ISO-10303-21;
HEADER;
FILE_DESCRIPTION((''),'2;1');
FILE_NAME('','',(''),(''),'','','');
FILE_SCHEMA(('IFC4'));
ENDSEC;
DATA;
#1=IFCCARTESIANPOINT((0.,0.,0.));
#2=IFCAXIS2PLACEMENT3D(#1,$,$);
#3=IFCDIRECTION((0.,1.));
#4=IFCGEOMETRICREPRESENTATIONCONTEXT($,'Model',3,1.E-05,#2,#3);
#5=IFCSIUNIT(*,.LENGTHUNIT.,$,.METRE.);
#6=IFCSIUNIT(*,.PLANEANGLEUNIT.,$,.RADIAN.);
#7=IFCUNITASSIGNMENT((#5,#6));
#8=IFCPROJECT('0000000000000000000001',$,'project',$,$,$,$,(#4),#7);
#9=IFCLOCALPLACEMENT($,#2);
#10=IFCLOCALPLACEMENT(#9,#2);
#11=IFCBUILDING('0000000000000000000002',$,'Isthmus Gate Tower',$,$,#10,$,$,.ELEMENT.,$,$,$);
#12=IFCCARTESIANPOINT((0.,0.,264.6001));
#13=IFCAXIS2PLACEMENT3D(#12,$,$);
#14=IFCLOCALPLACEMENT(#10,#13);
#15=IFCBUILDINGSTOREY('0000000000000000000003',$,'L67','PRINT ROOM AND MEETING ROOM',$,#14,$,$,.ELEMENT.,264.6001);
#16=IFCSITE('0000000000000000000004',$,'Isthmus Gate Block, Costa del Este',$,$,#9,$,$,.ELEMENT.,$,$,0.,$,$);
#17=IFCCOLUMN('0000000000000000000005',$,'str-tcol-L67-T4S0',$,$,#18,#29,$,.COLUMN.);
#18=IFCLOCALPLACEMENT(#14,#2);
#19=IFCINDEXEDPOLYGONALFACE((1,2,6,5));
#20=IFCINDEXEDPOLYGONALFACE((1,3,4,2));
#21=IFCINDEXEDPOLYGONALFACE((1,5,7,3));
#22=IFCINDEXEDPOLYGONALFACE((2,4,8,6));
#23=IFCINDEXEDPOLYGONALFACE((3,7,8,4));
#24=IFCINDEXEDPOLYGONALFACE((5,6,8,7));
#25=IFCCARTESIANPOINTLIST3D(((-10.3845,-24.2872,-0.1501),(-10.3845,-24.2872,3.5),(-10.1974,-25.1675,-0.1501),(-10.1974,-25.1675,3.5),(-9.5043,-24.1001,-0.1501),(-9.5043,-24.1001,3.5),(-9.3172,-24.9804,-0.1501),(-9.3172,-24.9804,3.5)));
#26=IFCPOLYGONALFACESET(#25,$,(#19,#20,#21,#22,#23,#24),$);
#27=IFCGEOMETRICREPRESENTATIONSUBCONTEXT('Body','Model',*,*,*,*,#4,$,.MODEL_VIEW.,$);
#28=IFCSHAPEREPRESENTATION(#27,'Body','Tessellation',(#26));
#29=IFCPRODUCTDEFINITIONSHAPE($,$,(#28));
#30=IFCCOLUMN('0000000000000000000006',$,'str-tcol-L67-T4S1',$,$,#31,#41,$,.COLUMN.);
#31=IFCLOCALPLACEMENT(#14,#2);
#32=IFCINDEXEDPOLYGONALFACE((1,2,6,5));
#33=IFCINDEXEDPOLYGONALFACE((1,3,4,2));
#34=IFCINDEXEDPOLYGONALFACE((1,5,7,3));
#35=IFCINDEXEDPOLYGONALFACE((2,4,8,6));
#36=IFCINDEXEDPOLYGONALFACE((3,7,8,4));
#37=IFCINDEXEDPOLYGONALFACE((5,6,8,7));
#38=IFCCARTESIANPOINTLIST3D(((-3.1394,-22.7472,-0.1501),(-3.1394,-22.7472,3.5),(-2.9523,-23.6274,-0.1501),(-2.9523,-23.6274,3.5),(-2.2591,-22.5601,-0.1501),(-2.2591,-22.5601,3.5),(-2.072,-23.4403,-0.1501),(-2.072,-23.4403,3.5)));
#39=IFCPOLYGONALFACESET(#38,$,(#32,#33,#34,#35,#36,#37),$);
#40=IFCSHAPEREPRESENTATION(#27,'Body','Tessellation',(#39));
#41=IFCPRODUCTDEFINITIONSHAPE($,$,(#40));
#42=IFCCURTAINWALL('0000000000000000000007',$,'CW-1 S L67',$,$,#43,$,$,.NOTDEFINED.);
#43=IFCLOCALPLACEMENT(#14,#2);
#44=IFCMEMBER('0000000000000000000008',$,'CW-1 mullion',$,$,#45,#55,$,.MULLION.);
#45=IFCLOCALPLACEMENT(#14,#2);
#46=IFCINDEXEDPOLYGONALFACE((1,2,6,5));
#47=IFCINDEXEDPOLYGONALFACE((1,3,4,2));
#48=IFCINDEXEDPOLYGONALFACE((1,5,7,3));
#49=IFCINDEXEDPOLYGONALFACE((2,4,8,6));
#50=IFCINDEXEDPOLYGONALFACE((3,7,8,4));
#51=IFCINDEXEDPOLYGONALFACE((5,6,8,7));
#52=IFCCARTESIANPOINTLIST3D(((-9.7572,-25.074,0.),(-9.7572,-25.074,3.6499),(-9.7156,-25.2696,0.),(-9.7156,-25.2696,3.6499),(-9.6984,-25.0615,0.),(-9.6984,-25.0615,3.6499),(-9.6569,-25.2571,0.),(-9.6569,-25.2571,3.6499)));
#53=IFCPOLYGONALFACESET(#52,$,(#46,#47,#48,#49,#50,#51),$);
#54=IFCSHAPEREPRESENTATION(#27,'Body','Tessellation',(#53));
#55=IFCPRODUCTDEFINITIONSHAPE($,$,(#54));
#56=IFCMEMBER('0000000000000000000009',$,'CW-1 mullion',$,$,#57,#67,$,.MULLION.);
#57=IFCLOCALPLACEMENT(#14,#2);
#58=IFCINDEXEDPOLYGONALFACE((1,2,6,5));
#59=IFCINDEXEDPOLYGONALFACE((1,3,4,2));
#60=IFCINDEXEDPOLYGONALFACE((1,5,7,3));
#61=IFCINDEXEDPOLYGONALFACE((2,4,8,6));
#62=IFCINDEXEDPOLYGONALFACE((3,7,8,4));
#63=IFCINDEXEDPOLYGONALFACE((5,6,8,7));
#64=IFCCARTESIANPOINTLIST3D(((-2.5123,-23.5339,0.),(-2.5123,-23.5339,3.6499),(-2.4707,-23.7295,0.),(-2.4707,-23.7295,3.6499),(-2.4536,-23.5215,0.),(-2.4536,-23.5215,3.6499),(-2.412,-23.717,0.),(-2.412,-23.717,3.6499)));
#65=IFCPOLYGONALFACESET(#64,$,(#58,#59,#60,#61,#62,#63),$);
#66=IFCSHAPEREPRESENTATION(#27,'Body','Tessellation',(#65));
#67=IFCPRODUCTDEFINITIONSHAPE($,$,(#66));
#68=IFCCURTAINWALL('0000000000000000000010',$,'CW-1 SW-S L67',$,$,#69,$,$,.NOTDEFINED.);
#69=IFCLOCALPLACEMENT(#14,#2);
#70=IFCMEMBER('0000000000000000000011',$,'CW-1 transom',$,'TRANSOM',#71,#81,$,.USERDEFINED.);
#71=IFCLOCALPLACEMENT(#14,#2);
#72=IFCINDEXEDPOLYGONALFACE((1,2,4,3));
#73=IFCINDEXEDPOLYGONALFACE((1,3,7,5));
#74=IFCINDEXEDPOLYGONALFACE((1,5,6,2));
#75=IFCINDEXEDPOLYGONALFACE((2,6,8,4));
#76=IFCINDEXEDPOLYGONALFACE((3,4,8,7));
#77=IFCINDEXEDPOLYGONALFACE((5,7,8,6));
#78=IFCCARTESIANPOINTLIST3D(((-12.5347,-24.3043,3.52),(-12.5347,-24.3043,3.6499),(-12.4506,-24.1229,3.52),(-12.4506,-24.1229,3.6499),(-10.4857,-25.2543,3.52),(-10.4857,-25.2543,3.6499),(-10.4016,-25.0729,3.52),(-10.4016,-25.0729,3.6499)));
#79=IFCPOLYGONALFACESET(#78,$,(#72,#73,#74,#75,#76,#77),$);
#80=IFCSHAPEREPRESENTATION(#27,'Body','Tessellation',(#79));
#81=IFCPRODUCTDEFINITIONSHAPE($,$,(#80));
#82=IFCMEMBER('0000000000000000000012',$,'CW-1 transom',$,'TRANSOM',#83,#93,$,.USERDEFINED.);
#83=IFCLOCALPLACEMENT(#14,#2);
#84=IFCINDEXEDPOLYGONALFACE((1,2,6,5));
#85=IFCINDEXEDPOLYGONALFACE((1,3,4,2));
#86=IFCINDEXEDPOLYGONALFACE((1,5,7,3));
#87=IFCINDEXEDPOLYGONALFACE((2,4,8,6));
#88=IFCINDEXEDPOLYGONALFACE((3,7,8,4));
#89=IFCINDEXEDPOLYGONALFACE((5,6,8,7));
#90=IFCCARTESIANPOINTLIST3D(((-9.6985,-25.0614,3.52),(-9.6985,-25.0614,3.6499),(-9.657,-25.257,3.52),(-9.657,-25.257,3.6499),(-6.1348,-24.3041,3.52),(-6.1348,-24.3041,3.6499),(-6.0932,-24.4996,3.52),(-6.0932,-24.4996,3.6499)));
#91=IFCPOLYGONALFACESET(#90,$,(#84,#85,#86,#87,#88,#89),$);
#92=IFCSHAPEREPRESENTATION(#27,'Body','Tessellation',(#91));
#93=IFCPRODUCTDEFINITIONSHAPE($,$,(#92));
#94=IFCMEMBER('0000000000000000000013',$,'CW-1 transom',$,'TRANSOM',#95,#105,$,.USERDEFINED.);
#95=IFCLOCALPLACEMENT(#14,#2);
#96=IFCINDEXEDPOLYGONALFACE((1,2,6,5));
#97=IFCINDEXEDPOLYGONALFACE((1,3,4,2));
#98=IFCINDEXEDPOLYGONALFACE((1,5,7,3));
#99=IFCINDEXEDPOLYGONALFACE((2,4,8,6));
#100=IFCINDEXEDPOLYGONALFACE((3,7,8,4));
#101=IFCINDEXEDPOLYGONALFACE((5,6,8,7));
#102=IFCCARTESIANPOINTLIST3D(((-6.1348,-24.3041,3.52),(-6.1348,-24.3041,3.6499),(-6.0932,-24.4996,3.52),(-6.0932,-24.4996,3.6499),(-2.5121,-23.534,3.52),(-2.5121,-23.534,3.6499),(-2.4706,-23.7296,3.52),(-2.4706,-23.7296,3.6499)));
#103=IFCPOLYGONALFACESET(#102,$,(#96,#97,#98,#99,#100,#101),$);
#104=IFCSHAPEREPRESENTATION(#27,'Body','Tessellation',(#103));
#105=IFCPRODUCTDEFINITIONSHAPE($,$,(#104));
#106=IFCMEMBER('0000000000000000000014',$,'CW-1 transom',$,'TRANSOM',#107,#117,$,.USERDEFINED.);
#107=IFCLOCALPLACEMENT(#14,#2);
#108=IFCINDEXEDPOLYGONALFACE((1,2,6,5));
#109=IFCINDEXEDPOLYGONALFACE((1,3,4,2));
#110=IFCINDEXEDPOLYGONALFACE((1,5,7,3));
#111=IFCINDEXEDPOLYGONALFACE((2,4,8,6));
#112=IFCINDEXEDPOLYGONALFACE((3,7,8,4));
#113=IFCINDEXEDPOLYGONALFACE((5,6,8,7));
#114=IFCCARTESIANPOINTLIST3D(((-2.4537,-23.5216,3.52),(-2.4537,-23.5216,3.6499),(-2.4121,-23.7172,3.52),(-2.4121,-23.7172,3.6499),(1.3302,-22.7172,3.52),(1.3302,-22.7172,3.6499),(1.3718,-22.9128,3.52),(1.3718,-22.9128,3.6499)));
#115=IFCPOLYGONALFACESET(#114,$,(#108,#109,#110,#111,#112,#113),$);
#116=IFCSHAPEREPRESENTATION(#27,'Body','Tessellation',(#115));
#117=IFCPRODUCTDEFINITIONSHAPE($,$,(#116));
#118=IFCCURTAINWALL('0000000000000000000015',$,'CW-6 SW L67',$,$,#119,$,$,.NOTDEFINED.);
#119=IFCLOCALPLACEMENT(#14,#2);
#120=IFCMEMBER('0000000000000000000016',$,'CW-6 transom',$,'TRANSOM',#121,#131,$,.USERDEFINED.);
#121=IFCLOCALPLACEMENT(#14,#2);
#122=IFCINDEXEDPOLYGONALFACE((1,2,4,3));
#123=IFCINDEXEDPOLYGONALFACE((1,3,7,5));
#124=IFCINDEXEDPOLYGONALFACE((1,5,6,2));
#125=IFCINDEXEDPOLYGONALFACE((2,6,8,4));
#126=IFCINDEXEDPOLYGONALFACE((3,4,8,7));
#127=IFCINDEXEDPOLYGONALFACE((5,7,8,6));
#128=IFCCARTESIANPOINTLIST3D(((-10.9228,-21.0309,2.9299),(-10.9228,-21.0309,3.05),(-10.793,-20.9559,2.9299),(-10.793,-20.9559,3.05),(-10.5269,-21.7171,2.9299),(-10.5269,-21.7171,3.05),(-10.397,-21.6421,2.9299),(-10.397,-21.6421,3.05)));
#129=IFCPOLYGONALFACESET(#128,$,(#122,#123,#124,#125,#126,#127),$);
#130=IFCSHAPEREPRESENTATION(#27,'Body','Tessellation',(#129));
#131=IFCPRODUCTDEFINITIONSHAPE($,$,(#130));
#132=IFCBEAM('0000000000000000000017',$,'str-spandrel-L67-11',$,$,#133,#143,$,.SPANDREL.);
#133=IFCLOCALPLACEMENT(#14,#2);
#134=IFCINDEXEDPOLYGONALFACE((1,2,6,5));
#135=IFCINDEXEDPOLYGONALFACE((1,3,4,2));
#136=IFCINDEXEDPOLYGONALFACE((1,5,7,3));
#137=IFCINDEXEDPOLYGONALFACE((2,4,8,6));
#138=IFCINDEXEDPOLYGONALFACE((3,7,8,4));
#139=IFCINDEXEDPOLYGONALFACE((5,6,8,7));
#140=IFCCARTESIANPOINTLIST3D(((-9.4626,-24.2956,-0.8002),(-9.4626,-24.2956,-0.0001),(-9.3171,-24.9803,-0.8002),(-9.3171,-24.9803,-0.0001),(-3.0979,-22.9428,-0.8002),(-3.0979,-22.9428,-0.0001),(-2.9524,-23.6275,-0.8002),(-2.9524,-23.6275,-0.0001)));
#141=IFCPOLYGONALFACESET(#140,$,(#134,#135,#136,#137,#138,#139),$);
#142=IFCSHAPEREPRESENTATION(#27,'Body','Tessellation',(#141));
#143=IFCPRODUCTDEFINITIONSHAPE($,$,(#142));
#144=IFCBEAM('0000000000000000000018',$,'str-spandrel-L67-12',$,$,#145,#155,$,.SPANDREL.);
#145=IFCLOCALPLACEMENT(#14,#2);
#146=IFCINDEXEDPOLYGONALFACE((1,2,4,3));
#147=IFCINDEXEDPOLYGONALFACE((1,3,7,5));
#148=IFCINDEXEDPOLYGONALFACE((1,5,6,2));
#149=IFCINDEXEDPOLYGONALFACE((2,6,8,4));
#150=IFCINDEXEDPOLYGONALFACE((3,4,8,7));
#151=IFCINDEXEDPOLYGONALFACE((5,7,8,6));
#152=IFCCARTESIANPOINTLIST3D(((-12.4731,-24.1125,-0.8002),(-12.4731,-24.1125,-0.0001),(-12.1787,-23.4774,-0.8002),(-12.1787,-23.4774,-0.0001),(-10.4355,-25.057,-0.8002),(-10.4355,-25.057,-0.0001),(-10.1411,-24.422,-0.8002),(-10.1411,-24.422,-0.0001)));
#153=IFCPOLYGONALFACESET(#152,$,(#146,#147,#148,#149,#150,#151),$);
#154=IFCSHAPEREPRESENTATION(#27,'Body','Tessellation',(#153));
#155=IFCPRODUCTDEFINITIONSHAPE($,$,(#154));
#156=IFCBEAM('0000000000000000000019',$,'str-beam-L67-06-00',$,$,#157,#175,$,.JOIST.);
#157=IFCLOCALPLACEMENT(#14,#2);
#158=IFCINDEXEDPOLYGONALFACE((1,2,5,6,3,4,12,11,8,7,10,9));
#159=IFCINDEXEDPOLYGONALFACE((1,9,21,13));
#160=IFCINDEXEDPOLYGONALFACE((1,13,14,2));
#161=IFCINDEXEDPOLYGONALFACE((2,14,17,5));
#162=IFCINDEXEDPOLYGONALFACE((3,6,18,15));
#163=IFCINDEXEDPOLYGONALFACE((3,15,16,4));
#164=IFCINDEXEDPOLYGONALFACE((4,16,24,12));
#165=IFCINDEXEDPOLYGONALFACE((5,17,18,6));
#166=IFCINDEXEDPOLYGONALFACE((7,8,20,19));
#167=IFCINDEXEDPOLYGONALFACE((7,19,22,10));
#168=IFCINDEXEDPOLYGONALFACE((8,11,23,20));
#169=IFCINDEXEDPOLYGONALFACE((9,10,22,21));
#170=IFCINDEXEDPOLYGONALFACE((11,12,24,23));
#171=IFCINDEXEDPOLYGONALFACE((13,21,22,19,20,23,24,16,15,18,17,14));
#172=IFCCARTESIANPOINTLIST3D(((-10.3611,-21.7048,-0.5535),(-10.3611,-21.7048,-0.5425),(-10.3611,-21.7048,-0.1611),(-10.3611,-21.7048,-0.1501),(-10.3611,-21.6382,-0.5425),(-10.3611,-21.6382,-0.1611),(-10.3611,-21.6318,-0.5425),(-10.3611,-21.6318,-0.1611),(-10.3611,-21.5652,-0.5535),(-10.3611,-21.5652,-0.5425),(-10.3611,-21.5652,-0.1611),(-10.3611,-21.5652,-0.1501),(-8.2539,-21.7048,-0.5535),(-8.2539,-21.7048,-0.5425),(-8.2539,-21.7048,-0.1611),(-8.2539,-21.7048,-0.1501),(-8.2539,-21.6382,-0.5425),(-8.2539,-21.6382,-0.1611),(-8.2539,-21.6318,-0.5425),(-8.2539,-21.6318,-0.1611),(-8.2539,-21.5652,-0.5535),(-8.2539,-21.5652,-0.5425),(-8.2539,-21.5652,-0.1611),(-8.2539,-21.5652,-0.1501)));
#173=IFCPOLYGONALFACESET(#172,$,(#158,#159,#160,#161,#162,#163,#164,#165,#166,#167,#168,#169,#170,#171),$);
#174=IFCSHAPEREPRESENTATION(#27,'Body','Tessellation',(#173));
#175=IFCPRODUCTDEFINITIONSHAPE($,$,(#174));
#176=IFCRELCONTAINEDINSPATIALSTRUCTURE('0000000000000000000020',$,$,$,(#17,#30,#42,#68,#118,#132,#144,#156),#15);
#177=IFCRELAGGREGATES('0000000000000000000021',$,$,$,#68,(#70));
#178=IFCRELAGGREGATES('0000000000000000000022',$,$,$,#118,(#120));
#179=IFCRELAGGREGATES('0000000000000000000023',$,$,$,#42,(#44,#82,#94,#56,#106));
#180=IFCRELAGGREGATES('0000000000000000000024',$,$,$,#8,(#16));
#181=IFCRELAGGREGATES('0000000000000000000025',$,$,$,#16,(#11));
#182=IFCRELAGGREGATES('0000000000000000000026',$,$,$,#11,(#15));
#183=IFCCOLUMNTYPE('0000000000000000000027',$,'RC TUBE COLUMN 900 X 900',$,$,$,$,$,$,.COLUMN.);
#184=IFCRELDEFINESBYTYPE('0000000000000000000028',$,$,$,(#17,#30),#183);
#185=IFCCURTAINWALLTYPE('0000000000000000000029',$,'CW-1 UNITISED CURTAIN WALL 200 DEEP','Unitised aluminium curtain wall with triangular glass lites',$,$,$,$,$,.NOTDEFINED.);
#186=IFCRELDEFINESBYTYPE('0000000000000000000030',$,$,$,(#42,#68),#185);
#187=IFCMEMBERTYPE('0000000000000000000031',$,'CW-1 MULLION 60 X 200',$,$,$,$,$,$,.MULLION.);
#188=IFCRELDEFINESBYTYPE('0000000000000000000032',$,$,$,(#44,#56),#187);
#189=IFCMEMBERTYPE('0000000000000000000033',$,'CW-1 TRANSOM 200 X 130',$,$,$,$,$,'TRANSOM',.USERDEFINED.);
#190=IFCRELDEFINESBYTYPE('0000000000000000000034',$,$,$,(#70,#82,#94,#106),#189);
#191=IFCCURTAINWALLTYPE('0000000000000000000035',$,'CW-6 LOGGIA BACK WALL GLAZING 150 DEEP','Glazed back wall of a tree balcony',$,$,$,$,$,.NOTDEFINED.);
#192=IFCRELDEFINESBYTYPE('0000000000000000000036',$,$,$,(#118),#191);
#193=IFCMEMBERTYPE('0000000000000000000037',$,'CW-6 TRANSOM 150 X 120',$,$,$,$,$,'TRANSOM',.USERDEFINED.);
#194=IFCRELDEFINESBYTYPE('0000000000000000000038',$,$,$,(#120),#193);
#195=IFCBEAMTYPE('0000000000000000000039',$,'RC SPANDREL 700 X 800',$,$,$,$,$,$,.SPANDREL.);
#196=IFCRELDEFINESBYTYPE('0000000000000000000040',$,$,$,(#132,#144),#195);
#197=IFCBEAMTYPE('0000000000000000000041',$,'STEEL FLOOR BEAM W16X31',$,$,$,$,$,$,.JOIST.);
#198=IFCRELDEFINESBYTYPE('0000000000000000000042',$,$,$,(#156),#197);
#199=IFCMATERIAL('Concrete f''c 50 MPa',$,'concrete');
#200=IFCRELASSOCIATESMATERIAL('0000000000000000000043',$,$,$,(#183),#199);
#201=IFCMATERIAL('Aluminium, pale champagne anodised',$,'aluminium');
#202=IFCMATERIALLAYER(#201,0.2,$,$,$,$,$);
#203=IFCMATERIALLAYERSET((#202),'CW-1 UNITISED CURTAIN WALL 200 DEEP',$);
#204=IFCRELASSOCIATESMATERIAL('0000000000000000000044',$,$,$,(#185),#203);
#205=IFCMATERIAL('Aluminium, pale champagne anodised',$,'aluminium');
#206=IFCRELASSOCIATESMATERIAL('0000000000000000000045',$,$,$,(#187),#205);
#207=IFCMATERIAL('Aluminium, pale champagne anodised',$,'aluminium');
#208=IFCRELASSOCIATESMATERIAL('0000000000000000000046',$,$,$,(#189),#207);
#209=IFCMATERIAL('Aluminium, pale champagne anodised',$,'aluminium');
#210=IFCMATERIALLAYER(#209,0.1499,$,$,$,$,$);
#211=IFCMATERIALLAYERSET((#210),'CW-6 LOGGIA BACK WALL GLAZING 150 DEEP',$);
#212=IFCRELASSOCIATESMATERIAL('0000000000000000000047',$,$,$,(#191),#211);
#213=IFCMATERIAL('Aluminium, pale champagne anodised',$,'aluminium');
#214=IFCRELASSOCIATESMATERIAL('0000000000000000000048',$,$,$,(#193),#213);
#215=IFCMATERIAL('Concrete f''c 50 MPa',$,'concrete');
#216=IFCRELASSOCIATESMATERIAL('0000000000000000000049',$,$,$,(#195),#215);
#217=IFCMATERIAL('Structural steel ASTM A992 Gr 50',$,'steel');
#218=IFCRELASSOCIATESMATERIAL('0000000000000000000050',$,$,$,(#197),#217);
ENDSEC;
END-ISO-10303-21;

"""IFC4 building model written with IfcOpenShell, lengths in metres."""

from ifc_helpers import new_model, si_unit, direction, frame, origin, origin_2d, place, context, subcontext, project, spatial, rectangle, i_section, extrude, material, layer, layer_set, material_profile, profile_set, type_object, element, aggregate, save


model = new_model("IFC4")

# Units and contexts
model_context = context("Model", 3, precision=1e-05, world=origin(), true_north=direction((0.0, 1.0)))
body_context = subcontext(model_context, "Body", "Model", "MODEL_VIEW")
ifc_project = project(units=[si_unit("LENGTHUNIT", "METRE"), si_unit("PLANEANGLEUNIT", "RADIAN")], contexts=[model_context])

# Site, building, storey
site_placement = place(None, origin())
site = spatial("IfcSite", under=ifc_project, at=site_placement, Name="Isthmus Gate Block, Costa del Este", CompositionType="ELEMENT", RefElevation=0.0)
building_placement = place(site_placement, origin())
building = spatial("IfcBuilding", under=site, at=building_placement, Name="Isthmus Gate Tower", CompositionType="ELEMENT")
storey_placement = place(building_placement, frame((0.0, 0.0, 264.6001)))
storey = spatial("IfcBuildingStorey", under=building, at=storey_placement, Name="L67", Description="PRINT ROOM AND MEETING ROOM", CompositionType="ELEMENT", Elevation=264.6001)

# Columns
ifc_material_1 = material(Name="Concrete f'c 50 MPa", Category="concrete")
ifc_material_profile_1 = material_profile(ifc_material_1, rectangle(XDim=0.8999, YDim=0.8999, at=origin_2d()), Name="RC 900X900")
ifc_profile_set_1 = profile_set([ifc_material_profile_1], Name="Concrete f'c 50 MPa")
column_type = type_object("IfcColumnType", Name="RC TUBE COLUMN 900 X 900", PredefinedType="COLUMN", material=ifc_profile_set_1)
for number, where, z_axis, x_axis, name in (
    (1, (-9.8508, -24.6338, -0.1501), (0.0, 0.0, 1.0), (0.978148, 0.207912, 0.0), "str-tcol-L67-T4S0"),
    (2, (-2.6057, -23.0938, -0.1501), (0.0, 0.0, 1.0), (0.978148, 0.207912, 0.0), "str-tcol-L67-T4S1"),
):
    element("IfcColumn", number, at=place(storey_placement, frame(where, z_axis=z_axis, x_axis=x_axis)), inside=storey, type_object=column_type, Name=name, PredefinedType="COLUMN", context=body_context, shape_type="SweptSolid", body=[
        extrude(rectangle(XDim=0.8999, YDim=0.8999, at=origin_2d()), origin(), (0.0, 0.0, 1.0), 3.6501),
    ])

# Curtain wall, members
ifc_material_2 = material(Name="Aluminium, pale champagne anodised", Category="aluminium")
ifc_layer_1 = layer(ifc_material_2, 0.2)
ifc_layer_set_1 = layer_set([ifc_layer_1], Name="CW-1 UNITISED CURTAIN WALL 200 DEEP")
curtain_wall_type_1 = type_object("IfcCurtainWallType", Name="CW-1 UNITISED CURTAIN WALL 200 DEEP", Description="Unitised aluminium curtain wall with triangular glass lites", PredefinedType="NOTDEFINED", material=ifc_layer_set_1)
curtain_wall_1_placement = place(storey_placement, origin())
curtain_wall_1 = element("IfcCurtainWall", 3, at=curtain_wall_1_placement, inside=storey, type_object=curtain_wall_type_1, Name="CW-1 S L67", PredefinedType="NOTDEFINED")
ifc_material_3 = material(Name="Aluminium, pale champagne anodised", Category="aluminium")
ifc_material_profile_2 = material_profile(ifc_material_3, rectangle(XDim=0.0601, YDim=0.2, at=origin_2d()), Name="60x200")
ifc_profile_set_2 = profile_set([ifc_material_profile_2], Name="Aluminium, pale champagne anodised")
member_type_1 = type_object("IfcMemberType", Name="CW-1 MULLION 60 X 200", PredefinedType="MULLION", material=ifc_profile_set_2)
member_1_placement = place(storey_placement, frame((-9.707, -25.1655, 0.0), z_axis=(0.0, 0.0, 1.0), x_axis=(0.978148, 0.207912, 0.0)))
member_1 = element("IfcMember", 4, at=member_1_placement, type_object=member_type_1, Name="CW-1 mullion", PredefinedType="MULLION", context=body_context, shape_type="SweptSolid", body=[
    extrude(rectangle(XDim=0.0601, YDim=0.2, at=origin_2d()), origin(), (0.0, 0.0, 1.0), 3.6499),
])
member_2_placement = place(storey_placement, frame((-2.4622, -23.6255, 0.0), z_axis=(0.0, 0.0, 1.0), x_axis=(0.978148, 0.207912, 0.0)))
member_2 = element("IfcMember", 5, at=member_2_placement, type_object=member_type_1, Name="CW-1 mullion", PredefinedType="MULLION", context=body_context, shape_type="SweptSolid", body=[
    extrude(rectangle(XDim=0.0601, YDim=0.2, at=origin_2d()), origin(), (0.0, 0.0, 1.0), 3.6499),
])

# Curtain wall, member
curtain_wall_2_placement = place(storey_placement, origin())
curtain_wall_2 = element("IfcCurtainWall", 6, at=curtain_wall_2_placement, inside=storey, type_object=curtain_wall_type_1, Name="CW-1 SW-S L67", PredefinedType="NOTDEFINED")
ifc_material_4 = material(Name="Aluminium, pale champagne anodised", Category="aluminium")
ifc_material_profile_3 = material_profile(ifc_material_4, rectangle(XDim=0.2, YDim=0.1299, at=origin_2d()), Name="200x130")
ifc_profile_set_3 = profile_set([ifc_material_profile_3], Name="Aluminium, pale champagne anodised")
member_type_2 = type_object("IfcMemberType", Name="CW-1 TRANSOM 200 X 130", ElementType="TRANSOM", PredefinedType="USERDEFINED", material=ifc_profile_set_3)
member_3_placement = place(storey_placement, frame((-12.4927, -24.2136, 3.585), z_axis=(0.907246, -0.4206, 0.0), x_axis=(0.4206, 0.907246, 0.0)))
member_3 = element("IfcMember", 7, at=member_3_placement, type_object=member_type_2, Name="CW-1 transom", ObjectType="TRANSOM", PredefinedType="USERDEFINED", context=body_context, shape_type="SweptSolid", body=[
    extrude(rectangle(XDim=0.2, YDim=0.1299, at=origin_2d()), origin(), (0.0, 0.0, 1.0), 2.2585),
])

# Members
member_4_placement = place(storey_placement, frame((-9.6777, -25.1592, 3.585), z_axis=(0.978157, 0.207868, 0.0), x_axis=(-0.207868, 0.978157, 0.0)))
member_4 = element("IfcMember", 8, at=member_4_placement, type_object=member_type_2, Name="CW-1 transom", ObjectType="TRANSOM", PredefinedType="USERDEFINED", context=body_context, shape_type="SweptSolid", body=[
    extrude(rectangle(XDim=0.2, YDim=0.1299, at=origin_2d()), origin(), (0.0, 0.0, 1.0), 3.6433),
])
member_5_placement = place(storey_placement, frame((-6.114, -24.4019, 3.585), z_axis=(0.978146, 0.207917, 0.0), x_axis=(-0.207917, 0.978146, 0.0)))
member_5 = element("IfcMember", 9, at=member_5_placement, type_object=member_type_2, Name="CW-1 transom", ObjectType="TRANSOM", PredefinedType="USERDEFINED", context=body_context, shape_type="SweptSolid", body=[
    extrude(rectangle(XDim=0.2, YDim=0.1299, at=origin_2d()), origin(), (0.0, 0.0, 1.0), 3.7036),
])
member_6_placement = place(storey_placement, frame((-2.4329, -23.6194, 3.585), z_axis=(0.97814, 0.207947, 0.0), x_axis=(-0.207947, 0.97814, 0.0)))
member_6 = element("IfcMember", 10, at=member_6_placement, type_object=member_type_2, Name="CW-1 transom", ObjectType="TRANSOM", PredefinedType="USERDEFINED", context=body_context, shape_type="SweptSolid", body=[
    extrude(rectangle(XDim=0.2, YDim=0.1299, at=origin_2d()), origin(), (0.0, 0.0, 1.0), 3.8684),
])

# Curtain wall, member
ifc_material_5 = material(Name="Aluminium, pale champagne anodised", Category="aluminium")
ifc_layer_2 = layer(ifc_material_5, 0.1499)
ifc_layer_set_2 = layer_set([ifc_layer_2], Name="CW-6 LOGGIA BACK WALL GLAZING 150 DEEP")
curtain_wall_type_2 = type_object("IfcCurtainWallType", Name="CW-6 LOGGIA BACK WALL GLAZING 150 DEEP", Description="Glazed back wall of a tree balcony", PredefinedType="NOTDEFINED", material=ifc_layer_set_2)
curtain_wall_3_placement = place(storey_placement, origin())
curtain_wall_3 = element("IfcCurtainWall", 11, at=curtain_wall_3_placement, inside=storey, type_object=curtain_wall_type_2, Name="CW-6 SW L67", PredefinedType="NOTDEFINED")
ifc_material_6 = material(Name="Aluminium, pale champagne anodised", Category="aluminium")
ifc_material_profile_4 = material_profile(ifc_material_6, rectangle(XDim=0.1499, YDim=0.1201, at=origin_2d()), Name="150x120")
ifc_profile_set_4 = profile_set([ifc_material_profile_4], Name="Aluminium, pale champagne anodised")
member_type_3 = type_object("IfcMemberType", Name="CW-6 TRANSOM 150 X 120", ElementType="TRANSOM", PredefinedType="USERDEFINED", material=ifc_profile_set_4)
member_7_placement = place(storey_placement, frame((-10.8579, -20.9934, 2.99), z_axis=(0.499785, -0.86615, 0.0), x_axis=(0.86615, 0.499785, 0.0)))
member_7 = element("IfcMember", 12, at=member_7_placement, type_object=member_type_3, Name="CW-6 transom", ObjectType="TRANSOM", PredefinedType="USERDEFINED", context=body_context, shape_type="SweptSolid", body=[
    extrude(rectangle(XDim=0.1499, YDim=0.1201, at=origin_2d()), origin(), (0.0, 0.0, 1.0), 0.7922),
])

# Beams
ifc_material_7 = material(Name="Concrete f'c 50 MPa", Category="concrete")
ifc_material_profile_5 = material_profile(ifc_material_7, rectangle(XDim=0.7, YDim=0.8, at=origin_2d()), Name="RC 700X800")
ifc_profile_set_5 = profile_set([ifc_material_profile_5], Name="Concrete f'c 50 MPa")
beam_type_1 = type_object("IfcBeamType", Name="RC SPANDREL 700 X 800", PredefinedType="SPANDREL", material=ifc_profile_set_5)
beam_1_placement = place(storey_placement, frame((-3.0251, -23.2852, -0.4001), z_axis=(-0.97815, -0.207899, 0.0), x_axis=(0.207899, -0.97815, 0.0)))
element("IfcBeam", 13, at=beam_1_placement, inside=storey, type_object=beam_type_1, Name="str-spandrel-L67-11", PredefinedType="SPANDREL", context=body_context, shape_type="SweptSolid", body=[
    extrude(rectangle(XDim=0.7, YDim=0.8, at=origin_2d()), origin(), (0.0, 0.0, 1.0), 6.5068),
])
beam_2_placement = place(storey_placement, frame((-10.2883, -24.7395, -0.4001), z_axis=(-0.907255, 0.420581, 0.0), x_axis=(-0.420581, -0.907255, 0.0)))
element("IfcBeam", 14, at=beam_2_placement, inside=storey, type_object=beam_type_1, Name="str-spandrel-L67-12", PredefinedType="SPANDREL", context=body_context, shape_type="SweptSolid", body=[
    extrude(rectangle(XDim=0.7, YDim=0.8, at=origin_2d()), origin(), (0.0, 0.0, 1.0), 2.2458),
])
ifc_material_8 = material(Name="Structural steel ASTM A992 Gr 50", Category="steel")
ifc_material_profile_6 = material_profile(ifc_material_8, i_section(OverallWidth=0.1396, OverallDepth=0.4033, WebThickness=0.0063, FlangeThickness=0.011, at=origin_2d()), Name="W16X31")
ifc_profile_set_6 = profile_set([ifc_material_profile_6], Name="Structural steel ASTM A992 Gr 50")
beam_type_2 = type_object("IfcBeamType", Name="STEEL FLOOR BEAM W16X31", PredefinedType="JOIST", material=ifc_profile_set_6)
beam_3_placement = place(storey_placement, frame((-10.3611, -21.635, -0.3518), z_axis=(1.0, 0.0, 0.0), x_axis=(0.0, 1.0, 0.0)))
element("IfcBeam", 15, at=beam_3_placement, inside=storey, type_object=beam_type_2, Name="str-beam-L67-06-00", PredefinedType="JOIST", context=body_context, shape_type="SweptSolid", body=[
    extrude(i_section(OverallWidth=0.1396, OverallDepth=0.4033, WebThickness=0.0063, FlangeThickness=0.011, at=origin_2d()), origin(), (0.0, 0.0, 1.0), 2.1072),
])

aggregate(curtain_wall_2, [member_3])
aggregate(curtain_wall_3, [member_7])

aggregate(curtain_wall_1, [member_1, member_4, member_5, member_2, member_6])

save(model, "model.ifc")
